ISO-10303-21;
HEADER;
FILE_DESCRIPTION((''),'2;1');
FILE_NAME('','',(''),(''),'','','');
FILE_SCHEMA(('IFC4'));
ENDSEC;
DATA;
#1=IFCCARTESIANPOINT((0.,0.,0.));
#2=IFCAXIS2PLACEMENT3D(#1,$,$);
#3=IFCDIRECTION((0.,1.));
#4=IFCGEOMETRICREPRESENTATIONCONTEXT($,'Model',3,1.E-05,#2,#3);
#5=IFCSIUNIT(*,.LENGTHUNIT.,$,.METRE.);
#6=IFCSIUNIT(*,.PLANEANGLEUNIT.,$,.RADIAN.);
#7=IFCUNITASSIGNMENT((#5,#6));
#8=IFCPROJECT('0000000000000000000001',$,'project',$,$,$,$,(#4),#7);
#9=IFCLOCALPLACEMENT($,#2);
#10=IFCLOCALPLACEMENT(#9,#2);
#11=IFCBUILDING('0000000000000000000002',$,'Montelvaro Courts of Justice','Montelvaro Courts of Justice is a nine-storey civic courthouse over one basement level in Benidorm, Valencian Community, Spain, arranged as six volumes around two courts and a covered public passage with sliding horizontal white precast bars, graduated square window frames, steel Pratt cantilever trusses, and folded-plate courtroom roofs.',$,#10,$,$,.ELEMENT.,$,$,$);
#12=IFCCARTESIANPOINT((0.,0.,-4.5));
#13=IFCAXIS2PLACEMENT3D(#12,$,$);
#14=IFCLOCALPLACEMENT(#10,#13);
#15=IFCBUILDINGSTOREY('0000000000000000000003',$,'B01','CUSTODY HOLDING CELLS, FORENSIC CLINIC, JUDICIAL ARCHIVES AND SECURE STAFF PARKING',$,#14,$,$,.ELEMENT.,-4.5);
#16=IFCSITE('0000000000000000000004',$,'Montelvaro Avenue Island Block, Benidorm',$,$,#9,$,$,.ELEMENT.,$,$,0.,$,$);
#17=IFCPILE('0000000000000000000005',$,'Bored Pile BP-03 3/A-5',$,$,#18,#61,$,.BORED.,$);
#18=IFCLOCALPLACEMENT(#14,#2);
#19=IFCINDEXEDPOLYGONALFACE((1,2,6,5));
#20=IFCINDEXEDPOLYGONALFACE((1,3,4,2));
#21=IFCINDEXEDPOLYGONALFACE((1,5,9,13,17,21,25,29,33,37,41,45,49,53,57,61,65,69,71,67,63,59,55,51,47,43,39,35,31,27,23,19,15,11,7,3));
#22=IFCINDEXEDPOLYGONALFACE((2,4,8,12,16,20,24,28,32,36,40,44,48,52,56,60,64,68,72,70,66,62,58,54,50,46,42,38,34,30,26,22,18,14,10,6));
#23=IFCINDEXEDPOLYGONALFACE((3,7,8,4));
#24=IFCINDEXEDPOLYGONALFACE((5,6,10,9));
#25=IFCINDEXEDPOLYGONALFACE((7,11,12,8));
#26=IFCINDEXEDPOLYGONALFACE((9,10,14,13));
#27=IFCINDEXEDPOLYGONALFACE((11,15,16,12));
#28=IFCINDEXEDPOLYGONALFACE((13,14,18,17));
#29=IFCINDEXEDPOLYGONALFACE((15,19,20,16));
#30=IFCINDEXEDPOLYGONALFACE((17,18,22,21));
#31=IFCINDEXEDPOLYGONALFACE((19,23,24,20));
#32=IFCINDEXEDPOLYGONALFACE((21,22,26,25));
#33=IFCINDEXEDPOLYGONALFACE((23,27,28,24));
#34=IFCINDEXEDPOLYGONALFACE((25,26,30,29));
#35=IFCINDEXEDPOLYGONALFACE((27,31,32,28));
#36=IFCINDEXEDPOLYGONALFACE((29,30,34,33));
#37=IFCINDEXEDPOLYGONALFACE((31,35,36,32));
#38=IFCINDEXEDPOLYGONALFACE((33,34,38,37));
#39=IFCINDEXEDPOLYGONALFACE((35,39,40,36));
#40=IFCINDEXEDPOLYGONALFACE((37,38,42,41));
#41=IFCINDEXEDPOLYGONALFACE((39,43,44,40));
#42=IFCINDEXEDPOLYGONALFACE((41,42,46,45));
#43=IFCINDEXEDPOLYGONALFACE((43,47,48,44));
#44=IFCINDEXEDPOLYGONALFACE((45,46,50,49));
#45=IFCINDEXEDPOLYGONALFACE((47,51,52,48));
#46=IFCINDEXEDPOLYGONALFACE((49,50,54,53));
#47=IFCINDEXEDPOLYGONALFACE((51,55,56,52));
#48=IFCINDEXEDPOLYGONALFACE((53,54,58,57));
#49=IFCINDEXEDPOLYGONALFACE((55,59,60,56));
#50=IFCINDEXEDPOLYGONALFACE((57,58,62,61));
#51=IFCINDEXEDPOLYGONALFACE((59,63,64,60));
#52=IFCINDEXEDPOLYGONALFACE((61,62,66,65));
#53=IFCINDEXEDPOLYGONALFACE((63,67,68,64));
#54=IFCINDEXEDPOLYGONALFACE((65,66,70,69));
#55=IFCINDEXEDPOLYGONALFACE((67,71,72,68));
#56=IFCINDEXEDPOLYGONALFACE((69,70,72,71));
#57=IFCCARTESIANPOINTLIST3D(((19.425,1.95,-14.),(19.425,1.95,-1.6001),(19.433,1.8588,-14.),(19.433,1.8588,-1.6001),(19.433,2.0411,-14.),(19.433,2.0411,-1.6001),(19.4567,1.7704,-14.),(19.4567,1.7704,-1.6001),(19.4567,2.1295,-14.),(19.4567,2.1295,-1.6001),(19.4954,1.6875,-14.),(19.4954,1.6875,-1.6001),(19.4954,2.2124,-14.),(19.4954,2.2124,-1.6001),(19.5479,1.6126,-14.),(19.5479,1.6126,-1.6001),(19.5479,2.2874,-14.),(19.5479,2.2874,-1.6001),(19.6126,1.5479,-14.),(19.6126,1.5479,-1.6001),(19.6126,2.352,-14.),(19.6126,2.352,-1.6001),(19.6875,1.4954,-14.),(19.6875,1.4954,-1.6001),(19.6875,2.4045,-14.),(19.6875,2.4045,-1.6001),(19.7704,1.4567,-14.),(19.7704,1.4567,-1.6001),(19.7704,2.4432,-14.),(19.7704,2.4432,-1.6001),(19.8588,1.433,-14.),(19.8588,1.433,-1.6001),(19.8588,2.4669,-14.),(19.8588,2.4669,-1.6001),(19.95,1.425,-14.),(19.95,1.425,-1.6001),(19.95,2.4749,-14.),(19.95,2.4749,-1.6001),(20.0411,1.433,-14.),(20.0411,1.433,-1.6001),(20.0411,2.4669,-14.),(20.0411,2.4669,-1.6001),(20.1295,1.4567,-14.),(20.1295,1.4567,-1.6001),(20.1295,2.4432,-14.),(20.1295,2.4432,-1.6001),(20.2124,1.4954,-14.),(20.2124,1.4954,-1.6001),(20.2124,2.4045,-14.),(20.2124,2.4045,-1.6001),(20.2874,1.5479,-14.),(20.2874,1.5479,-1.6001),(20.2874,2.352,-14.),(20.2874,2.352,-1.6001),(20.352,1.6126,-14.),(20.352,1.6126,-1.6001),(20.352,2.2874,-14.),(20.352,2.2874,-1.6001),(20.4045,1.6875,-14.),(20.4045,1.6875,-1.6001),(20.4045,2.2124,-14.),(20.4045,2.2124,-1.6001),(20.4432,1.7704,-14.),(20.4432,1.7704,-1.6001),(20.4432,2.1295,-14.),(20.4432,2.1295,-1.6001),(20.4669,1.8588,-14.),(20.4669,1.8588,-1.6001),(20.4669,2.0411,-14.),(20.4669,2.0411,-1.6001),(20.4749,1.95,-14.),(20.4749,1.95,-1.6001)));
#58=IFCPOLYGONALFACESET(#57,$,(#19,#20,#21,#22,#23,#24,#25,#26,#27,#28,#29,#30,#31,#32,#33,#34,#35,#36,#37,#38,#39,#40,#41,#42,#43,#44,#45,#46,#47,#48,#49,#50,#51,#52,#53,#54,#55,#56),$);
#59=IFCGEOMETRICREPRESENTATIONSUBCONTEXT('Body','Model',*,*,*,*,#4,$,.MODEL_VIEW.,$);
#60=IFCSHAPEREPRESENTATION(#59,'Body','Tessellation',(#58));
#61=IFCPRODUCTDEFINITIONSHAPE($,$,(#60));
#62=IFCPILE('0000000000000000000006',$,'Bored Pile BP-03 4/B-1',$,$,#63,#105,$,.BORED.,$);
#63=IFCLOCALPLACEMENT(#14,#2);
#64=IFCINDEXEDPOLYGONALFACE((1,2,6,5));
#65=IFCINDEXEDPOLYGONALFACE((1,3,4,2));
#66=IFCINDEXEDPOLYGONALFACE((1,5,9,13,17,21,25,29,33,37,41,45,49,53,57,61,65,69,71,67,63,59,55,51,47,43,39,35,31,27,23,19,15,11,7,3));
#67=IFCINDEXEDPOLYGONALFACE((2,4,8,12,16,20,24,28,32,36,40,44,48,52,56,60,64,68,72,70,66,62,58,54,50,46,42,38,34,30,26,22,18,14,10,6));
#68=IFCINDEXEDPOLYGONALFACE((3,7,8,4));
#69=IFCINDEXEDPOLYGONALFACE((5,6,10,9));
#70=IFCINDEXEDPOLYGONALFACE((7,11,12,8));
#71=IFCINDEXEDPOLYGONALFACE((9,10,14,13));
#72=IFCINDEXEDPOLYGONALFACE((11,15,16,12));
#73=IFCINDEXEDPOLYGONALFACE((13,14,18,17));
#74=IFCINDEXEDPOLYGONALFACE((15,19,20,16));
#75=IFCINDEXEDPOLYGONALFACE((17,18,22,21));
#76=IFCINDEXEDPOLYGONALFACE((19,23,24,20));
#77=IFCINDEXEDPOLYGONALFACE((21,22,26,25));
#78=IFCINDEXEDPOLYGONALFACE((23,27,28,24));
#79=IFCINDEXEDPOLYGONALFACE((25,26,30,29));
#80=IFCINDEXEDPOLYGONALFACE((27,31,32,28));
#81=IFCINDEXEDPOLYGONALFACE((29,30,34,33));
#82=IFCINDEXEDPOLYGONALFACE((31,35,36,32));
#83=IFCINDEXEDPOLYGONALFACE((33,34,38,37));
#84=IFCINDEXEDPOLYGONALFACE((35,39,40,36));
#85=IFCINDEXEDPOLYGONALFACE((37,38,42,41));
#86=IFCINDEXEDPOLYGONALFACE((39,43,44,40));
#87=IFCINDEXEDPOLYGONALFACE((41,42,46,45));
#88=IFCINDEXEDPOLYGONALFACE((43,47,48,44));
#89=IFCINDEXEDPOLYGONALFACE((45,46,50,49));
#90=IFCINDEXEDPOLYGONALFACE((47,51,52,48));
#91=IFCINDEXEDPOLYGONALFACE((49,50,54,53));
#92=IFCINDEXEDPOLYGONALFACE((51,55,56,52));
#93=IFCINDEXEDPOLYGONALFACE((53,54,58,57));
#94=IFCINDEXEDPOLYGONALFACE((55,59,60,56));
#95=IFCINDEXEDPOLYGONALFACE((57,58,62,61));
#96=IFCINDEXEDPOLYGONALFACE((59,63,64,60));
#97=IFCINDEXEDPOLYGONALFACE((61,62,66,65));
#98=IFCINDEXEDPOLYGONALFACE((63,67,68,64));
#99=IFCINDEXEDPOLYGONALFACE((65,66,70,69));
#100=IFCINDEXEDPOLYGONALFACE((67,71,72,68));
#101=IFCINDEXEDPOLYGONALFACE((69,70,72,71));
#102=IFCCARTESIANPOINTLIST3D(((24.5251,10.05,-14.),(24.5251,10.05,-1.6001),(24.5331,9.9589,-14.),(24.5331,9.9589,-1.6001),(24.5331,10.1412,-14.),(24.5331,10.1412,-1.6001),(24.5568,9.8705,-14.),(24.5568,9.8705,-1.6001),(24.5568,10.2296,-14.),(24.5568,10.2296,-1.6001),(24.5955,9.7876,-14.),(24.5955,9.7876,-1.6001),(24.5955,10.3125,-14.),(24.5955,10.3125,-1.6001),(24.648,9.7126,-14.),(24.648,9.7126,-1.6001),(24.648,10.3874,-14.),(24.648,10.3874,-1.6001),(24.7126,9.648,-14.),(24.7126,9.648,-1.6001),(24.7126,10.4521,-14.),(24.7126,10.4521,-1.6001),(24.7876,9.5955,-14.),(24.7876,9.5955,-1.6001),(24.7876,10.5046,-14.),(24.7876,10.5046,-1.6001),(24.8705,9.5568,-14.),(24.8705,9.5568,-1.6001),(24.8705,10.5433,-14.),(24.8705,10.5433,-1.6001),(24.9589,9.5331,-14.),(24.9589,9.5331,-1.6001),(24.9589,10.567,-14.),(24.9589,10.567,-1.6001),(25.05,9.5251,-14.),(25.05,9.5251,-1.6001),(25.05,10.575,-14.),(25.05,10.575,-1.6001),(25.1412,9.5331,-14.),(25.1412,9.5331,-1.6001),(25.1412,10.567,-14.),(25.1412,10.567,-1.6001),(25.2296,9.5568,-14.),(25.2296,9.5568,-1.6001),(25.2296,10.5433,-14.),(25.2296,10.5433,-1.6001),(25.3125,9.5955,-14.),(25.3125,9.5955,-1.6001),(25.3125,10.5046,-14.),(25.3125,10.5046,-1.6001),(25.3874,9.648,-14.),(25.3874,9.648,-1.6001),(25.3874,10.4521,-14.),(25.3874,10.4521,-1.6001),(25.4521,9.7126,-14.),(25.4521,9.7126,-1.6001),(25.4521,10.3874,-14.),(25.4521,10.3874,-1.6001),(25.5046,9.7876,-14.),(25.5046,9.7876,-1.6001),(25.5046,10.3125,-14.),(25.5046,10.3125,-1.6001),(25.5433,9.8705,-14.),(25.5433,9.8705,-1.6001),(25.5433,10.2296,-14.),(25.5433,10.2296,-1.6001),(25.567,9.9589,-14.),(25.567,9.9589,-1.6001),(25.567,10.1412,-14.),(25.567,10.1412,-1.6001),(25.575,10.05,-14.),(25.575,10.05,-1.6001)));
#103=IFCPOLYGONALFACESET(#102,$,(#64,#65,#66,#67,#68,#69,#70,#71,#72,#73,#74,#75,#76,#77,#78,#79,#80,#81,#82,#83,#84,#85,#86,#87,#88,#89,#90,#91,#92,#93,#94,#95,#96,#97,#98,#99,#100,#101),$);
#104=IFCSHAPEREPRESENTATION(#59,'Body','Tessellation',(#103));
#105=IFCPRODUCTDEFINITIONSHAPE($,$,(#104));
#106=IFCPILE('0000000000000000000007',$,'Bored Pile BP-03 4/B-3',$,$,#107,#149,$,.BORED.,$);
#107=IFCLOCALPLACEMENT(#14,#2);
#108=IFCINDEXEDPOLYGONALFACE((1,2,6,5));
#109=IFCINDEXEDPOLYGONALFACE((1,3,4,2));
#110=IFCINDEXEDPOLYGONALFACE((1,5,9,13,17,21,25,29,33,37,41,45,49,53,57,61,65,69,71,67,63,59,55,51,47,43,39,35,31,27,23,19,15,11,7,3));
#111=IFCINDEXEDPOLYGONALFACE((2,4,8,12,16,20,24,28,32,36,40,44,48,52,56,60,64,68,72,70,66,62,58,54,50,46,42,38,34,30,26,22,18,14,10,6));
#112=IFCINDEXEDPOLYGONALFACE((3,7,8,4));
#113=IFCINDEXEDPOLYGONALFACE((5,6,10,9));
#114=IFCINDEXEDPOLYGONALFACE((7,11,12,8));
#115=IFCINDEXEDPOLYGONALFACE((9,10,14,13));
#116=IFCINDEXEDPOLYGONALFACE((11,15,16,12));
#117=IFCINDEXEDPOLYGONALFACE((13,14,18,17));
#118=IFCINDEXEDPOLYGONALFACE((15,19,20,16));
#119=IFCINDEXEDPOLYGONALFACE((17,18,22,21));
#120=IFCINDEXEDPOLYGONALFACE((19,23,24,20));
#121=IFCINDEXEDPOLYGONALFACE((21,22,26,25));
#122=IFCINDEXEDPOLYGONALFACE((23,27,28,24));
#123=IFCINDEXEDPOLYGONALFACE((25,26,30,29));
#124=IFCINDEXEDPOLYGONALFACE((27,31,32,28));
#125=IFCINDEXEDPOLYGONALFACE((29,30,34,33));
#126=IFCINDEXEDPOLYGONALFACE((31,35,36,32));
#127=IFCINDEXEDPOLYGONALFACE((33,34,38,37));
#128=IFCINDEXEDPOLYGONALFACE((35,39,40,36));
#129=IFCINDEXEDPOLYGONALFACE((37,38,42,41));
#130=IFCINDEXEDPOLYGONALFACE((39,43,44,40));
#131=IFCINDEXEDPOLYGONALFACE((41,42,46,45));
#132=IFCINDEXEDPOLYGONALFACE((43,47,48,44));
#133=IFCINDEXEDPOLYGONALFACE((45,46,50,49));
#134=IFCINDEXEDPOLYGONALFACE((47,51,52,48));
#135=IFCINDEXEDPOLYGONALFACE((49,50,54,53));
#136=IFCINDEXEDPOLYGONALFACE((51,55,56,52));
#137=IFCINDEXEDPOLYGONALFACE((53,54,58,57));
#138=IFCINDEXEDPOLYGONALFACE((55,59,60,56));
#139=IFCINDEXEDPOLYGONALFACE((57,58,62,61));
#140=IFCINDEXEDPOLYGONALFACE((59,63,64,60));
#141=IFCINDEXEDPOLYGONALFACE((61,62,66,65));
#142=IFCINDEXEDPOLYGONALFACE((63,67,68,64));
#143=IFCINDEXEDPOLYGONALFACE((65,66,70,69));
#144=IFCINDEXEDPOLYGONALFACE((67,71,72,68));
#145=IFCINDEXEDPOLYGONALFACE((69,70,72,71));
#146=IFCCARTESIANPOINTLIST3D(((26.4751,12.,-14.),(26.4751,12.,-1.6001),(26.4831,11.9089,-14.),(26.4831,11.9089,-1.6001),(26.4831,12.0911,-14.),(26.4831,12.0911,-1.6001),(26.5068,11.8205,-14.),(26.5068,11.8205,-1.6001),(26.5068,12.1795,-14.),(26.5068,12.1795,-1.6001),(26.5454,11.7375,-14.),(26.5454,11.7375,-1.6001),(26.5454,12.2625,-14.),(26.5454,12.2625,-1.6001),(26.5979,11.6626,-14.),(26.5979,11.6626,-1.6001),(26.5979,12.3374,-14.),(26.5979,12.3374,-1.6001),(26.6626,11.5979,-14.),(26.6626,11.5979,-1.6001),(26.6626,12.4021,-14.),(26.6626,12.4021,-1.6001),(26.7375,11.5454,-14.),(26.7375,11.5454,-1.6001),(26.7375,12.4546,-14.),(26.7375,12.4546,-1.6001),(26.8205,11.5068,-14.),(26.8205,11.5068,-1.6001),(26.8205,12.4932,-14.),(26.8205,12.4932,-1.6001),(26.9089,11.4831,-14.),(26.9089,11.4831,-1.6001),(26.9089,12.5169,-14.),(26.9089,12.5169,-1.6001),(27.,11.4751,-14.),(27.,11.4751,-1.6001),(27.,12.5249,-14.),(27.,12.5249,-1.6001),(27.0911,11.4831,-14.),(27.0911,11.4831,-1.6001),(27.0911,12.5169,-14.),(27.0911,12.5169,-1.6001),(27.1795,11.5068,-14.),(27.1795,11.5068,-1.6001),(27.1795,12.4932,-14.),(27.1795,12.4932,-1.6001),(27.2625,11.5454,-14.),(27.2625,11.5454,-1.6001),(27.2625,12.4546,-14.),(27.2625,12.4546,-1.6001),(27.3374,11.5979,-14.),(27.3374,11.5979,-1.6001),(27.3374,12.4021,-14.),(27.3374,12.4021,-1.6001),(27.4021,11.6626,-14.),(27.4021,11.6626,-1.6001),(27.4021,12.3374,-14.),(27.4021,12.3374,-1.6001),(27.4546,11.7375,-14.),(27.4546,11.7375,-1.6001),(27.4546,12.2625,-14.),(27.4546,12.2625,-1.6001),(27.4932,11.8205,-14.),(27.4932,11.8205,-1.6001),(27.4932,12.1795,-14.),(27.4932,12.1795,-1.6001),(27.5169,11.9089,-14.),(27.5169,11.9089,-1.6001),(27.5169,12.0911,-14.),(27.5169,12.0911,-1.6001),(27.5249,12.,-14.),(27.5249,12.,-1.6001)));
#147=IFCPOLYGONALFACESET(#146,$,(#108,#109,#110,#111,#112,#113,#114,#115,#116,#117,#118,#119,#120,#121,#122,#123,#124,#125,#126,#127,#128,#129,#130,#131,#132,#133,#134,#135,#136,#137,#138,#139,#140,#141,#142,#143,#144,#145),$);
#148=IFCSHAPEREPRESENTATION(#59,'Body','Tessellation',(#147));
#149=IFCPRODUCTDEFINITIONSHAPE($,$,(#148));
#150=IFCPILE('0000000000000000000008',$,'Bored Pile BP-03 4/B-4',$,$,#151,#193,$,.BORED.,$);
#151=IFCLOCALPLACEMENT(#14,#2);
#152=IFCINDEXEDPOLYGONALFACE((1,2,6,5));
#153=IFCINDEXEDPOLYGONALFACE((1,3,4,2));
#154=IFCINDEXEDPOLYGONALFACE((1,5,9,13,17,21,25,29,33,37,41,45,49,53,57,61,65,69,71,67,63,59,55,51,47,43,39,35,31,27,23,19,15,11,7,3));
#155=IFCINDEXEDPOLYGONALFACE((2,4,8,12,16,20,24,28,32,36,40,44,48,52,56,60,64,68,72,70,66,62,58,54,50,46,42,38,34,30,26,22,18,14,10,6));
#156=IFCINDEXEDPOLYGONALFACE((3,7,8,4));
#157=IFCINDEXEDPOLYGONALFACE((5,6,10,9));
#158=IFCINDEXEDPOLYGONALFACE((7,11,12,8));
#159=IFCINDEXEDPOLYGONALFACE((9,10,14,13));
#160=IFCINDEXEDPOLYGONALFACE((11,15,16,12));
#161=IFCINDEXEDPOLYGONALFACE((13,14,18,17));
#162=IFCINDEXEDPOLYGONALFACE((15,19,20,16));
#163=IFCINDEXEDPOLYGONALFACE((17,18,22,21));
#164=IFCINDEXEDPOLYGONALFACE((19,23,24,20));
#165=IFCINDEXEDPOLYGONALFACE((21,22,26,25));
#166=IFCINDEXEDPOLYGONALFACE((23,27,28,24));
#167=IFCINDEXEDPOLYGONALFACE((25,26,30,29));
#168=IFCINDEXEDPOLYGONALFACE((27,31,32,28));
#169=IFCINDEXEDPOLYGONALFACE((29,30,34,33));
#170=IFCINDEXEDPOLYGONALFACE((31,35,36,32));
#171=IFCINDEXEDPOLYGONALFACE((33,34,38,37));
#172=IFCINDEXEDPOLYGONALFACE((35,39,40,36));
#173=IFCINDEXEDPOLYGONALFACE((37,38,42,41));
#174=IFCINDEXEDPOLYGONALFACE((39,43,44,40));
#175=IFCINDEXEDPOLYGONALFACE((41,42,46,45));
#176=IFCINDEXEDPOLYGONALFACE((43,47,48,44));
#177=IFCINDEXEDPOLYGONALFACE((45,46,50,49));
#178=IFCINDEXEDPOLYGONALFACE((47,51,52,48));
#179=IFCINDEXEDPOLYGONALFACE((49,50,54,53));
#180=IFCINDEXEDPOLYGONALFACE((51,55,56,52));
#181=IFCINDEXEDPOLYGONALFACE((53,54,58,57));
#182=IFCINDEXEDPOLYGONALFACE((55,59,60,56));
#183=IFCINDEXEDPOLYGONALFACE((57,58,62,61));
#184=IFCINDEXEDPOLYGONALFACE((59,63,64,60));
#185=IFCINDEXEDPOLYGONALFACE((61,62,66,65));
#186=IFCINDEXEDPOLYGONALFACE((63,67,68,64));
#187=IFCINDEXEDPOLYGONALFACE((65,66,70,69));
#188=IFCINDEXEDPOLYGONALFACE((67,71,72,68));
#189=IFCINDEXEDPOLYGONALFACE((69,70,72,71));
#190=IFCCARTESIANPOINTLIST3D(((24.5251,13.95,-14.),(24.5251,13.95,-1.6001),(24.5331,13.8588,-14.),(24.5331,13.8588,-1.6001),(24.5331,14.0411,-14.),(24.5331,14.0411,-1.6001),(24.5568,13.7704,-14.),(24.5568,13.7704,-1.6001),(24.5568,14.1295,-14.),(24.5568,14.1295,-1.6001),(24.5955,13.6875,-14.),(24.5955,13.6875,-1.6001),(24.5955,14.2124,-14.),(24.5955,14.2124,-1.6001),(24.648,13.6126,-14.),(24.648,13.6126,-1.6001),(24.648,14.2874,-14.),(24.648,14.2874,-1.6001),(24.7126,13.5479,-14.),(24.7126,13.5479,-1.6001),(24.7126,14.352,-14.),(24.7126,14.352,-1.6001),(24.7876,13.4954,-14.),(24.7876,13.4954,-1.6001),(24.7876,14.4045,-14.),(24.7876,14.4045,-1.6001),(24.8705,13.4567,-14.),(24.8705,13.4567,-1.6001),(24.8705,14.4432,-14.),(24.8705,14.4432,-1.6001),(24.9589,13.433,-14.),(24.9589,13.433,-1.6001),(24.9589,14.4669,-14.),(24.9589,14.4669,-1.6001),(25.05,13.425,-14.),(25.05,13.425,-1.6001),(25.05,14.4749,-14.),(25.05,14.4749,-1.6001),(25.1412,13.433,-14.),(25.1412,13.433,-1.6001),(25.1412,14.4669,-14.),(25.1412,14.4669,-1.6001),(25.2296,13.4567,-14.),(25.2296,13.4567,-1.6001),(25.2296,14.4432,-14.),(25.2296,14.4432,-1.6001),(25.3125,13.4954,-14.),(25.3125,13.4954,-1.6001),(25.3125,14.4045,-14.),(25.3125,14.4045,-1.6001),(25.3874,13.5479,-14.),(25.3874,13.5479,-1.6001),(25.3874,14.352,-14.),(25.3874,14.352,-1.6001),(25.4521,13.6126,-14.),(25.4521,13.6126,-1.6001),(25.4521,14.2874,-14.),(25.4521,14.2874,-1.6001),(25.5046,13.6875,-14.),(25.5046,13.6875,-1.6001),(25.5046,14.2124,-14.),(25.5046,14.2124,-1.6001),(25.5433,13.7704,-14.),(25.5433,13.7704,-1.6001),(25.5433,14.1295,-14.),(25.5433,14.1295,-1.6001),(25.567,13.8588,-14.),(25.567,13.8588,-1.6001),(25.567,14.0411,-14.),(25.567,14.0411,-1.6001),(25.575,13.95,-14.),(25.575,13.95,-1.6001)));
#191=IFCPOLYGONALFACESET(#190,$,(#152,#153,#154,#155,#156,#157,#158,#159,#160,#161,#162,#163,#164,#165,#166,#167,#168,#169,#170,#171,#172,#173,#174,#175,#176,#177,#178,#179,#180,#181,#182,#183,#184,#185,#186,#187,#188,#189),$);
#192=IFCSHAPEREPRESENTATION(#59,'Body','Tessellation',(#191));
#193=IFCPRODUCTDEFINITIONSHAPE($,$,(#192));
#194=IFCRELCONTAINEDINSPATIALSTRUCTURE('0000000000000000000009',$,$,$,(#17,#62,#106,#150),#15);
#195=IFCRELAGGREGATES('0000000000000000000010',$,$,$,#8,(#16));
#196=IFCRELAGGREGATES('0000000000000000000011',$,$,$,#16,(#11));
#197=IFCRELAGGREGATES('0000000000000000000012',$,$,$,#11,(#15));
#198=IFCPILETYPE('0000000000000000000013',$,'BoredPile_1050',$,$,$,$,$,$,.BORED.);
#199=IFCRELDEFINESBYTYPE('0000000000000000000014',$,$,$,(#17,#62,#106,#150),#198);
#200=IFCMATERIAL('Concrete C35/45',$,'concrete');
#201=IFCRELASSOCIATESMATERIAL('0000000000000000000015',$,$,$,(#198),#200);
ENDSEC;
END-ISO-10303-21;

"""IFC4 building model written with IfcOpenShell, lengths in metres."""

from ifc_helpers import new_model, si_unit, direction, frame, origin, origin_2d, place, context, subcontext, project, spatial, circle, extrude, material, material_profile, profile_set, type_object, element, save


model = new_model("IFC4")

# Units and contexts
model_context = context("Model", 3, precision=1e-05, world=origin(), true_north=direction((0.0, 1.0)))
body_context = subcontext(model_context, "Body", "Model", "MODEL_VIEW")
ifc_project = project(units=[si_unit("LENGTHUNIT", "METRE"), si_unit("PLANEANGLEUNIT", "RADIAN")], contexts=[model_context])

# Site, building, storey
site_placement = place(None, origin())
site = spatial("IfcSite", under=ifc_project, at=site_placement, Name="Montelvaro Avenue Island Block, Benidorm", CompositionType="ELEMENT", RefElevation=0.0)
building_placement = place(site_placement, origin())
building = spatial("IfcBuilding", under=site, at=building_placement, Name="Montelvaro Courts of Justice", Description="Montelvaro Courts of Justice is a nine-storey civic courthouse over one basement level in Benidorm, Valencian Community, Spain, arranged as six volumes around two courts and a covered public passage with sliding horizontal white precast bars, graduated square window frames, steel Pratt cantilever trusses, and folded-plate courtroom roofs.", CompositionType="ELEMENT")
storey_placement = place(building_placement, frame((0.0, 0.0, -4.5)))
storey = spatial("IfcBuildingStorey", under=building, at=storey_placement, Name="B01", Description="CUSTODY HOLDING CELLS, FORENSIC CLINIC, JUDICIAL ARCHIVES AND SECURE STAFF PARKING", CompositionType="ELEMENT", Elevation=-4.5)

# Piles
ifc_material_1 = material(Name="Concrete C35/45", Category="concrete")
ifc_material_profile_1 = material_profile(ifc_material_1, circle(Radius=0.5249, at=origin_2d()), Name="BORED PILE D1050")
ifc_profile_set_1 = profile_set([ifc_material_profile_1], Name="Concrete C35/45")
pile_type_1 = type_object("IfcPileType", Name="BoredPile_1050", PredefinedType="BORED", material=ifc_profile_set_1)
for number, where, z_axis, x_axis, name in (
    (1, (19.95, 1.95, -1.6001), (0.0, 0.0, -1.0), (1.0, 0.0, 0.0), "Bored Pile BP-03 3/A-5"),
    (2, (25.05, 10.05, -1.6001), (0.0, 0.0, -1.0), (1.0, 0.0, 0.0), "Bored Pile BP-03 4/B-1"),
    (3, (27.0, 12.0, -1.6001), (0.0, 0.0, -1.0), (1.0, 0.0, 0.0), "Bored Pile BP-03 4/B-3"),
    (4, (25.05, 13.95, -1.6001), (0.0, 0.0, -1.0), (1.0, 0.0, 0.0), "Bored Pile BP-03 4/B-4"),
):
    element("IfcPile", number, at=place(storey_placement, frame(where, z_axis=z_axis, x_axis=x_axis)), inside=storey, type_object=pile_type_1, Name=name, PredefinedType="BORED", context=body_context, shape_type="SweptSolid", body=[
        extrude(circle(Radius=0.5249, at=origin_2d()), origin(), (0.0, 0.0, 1.0), 12.3999),
    ])

save(model, "model.ifc")
